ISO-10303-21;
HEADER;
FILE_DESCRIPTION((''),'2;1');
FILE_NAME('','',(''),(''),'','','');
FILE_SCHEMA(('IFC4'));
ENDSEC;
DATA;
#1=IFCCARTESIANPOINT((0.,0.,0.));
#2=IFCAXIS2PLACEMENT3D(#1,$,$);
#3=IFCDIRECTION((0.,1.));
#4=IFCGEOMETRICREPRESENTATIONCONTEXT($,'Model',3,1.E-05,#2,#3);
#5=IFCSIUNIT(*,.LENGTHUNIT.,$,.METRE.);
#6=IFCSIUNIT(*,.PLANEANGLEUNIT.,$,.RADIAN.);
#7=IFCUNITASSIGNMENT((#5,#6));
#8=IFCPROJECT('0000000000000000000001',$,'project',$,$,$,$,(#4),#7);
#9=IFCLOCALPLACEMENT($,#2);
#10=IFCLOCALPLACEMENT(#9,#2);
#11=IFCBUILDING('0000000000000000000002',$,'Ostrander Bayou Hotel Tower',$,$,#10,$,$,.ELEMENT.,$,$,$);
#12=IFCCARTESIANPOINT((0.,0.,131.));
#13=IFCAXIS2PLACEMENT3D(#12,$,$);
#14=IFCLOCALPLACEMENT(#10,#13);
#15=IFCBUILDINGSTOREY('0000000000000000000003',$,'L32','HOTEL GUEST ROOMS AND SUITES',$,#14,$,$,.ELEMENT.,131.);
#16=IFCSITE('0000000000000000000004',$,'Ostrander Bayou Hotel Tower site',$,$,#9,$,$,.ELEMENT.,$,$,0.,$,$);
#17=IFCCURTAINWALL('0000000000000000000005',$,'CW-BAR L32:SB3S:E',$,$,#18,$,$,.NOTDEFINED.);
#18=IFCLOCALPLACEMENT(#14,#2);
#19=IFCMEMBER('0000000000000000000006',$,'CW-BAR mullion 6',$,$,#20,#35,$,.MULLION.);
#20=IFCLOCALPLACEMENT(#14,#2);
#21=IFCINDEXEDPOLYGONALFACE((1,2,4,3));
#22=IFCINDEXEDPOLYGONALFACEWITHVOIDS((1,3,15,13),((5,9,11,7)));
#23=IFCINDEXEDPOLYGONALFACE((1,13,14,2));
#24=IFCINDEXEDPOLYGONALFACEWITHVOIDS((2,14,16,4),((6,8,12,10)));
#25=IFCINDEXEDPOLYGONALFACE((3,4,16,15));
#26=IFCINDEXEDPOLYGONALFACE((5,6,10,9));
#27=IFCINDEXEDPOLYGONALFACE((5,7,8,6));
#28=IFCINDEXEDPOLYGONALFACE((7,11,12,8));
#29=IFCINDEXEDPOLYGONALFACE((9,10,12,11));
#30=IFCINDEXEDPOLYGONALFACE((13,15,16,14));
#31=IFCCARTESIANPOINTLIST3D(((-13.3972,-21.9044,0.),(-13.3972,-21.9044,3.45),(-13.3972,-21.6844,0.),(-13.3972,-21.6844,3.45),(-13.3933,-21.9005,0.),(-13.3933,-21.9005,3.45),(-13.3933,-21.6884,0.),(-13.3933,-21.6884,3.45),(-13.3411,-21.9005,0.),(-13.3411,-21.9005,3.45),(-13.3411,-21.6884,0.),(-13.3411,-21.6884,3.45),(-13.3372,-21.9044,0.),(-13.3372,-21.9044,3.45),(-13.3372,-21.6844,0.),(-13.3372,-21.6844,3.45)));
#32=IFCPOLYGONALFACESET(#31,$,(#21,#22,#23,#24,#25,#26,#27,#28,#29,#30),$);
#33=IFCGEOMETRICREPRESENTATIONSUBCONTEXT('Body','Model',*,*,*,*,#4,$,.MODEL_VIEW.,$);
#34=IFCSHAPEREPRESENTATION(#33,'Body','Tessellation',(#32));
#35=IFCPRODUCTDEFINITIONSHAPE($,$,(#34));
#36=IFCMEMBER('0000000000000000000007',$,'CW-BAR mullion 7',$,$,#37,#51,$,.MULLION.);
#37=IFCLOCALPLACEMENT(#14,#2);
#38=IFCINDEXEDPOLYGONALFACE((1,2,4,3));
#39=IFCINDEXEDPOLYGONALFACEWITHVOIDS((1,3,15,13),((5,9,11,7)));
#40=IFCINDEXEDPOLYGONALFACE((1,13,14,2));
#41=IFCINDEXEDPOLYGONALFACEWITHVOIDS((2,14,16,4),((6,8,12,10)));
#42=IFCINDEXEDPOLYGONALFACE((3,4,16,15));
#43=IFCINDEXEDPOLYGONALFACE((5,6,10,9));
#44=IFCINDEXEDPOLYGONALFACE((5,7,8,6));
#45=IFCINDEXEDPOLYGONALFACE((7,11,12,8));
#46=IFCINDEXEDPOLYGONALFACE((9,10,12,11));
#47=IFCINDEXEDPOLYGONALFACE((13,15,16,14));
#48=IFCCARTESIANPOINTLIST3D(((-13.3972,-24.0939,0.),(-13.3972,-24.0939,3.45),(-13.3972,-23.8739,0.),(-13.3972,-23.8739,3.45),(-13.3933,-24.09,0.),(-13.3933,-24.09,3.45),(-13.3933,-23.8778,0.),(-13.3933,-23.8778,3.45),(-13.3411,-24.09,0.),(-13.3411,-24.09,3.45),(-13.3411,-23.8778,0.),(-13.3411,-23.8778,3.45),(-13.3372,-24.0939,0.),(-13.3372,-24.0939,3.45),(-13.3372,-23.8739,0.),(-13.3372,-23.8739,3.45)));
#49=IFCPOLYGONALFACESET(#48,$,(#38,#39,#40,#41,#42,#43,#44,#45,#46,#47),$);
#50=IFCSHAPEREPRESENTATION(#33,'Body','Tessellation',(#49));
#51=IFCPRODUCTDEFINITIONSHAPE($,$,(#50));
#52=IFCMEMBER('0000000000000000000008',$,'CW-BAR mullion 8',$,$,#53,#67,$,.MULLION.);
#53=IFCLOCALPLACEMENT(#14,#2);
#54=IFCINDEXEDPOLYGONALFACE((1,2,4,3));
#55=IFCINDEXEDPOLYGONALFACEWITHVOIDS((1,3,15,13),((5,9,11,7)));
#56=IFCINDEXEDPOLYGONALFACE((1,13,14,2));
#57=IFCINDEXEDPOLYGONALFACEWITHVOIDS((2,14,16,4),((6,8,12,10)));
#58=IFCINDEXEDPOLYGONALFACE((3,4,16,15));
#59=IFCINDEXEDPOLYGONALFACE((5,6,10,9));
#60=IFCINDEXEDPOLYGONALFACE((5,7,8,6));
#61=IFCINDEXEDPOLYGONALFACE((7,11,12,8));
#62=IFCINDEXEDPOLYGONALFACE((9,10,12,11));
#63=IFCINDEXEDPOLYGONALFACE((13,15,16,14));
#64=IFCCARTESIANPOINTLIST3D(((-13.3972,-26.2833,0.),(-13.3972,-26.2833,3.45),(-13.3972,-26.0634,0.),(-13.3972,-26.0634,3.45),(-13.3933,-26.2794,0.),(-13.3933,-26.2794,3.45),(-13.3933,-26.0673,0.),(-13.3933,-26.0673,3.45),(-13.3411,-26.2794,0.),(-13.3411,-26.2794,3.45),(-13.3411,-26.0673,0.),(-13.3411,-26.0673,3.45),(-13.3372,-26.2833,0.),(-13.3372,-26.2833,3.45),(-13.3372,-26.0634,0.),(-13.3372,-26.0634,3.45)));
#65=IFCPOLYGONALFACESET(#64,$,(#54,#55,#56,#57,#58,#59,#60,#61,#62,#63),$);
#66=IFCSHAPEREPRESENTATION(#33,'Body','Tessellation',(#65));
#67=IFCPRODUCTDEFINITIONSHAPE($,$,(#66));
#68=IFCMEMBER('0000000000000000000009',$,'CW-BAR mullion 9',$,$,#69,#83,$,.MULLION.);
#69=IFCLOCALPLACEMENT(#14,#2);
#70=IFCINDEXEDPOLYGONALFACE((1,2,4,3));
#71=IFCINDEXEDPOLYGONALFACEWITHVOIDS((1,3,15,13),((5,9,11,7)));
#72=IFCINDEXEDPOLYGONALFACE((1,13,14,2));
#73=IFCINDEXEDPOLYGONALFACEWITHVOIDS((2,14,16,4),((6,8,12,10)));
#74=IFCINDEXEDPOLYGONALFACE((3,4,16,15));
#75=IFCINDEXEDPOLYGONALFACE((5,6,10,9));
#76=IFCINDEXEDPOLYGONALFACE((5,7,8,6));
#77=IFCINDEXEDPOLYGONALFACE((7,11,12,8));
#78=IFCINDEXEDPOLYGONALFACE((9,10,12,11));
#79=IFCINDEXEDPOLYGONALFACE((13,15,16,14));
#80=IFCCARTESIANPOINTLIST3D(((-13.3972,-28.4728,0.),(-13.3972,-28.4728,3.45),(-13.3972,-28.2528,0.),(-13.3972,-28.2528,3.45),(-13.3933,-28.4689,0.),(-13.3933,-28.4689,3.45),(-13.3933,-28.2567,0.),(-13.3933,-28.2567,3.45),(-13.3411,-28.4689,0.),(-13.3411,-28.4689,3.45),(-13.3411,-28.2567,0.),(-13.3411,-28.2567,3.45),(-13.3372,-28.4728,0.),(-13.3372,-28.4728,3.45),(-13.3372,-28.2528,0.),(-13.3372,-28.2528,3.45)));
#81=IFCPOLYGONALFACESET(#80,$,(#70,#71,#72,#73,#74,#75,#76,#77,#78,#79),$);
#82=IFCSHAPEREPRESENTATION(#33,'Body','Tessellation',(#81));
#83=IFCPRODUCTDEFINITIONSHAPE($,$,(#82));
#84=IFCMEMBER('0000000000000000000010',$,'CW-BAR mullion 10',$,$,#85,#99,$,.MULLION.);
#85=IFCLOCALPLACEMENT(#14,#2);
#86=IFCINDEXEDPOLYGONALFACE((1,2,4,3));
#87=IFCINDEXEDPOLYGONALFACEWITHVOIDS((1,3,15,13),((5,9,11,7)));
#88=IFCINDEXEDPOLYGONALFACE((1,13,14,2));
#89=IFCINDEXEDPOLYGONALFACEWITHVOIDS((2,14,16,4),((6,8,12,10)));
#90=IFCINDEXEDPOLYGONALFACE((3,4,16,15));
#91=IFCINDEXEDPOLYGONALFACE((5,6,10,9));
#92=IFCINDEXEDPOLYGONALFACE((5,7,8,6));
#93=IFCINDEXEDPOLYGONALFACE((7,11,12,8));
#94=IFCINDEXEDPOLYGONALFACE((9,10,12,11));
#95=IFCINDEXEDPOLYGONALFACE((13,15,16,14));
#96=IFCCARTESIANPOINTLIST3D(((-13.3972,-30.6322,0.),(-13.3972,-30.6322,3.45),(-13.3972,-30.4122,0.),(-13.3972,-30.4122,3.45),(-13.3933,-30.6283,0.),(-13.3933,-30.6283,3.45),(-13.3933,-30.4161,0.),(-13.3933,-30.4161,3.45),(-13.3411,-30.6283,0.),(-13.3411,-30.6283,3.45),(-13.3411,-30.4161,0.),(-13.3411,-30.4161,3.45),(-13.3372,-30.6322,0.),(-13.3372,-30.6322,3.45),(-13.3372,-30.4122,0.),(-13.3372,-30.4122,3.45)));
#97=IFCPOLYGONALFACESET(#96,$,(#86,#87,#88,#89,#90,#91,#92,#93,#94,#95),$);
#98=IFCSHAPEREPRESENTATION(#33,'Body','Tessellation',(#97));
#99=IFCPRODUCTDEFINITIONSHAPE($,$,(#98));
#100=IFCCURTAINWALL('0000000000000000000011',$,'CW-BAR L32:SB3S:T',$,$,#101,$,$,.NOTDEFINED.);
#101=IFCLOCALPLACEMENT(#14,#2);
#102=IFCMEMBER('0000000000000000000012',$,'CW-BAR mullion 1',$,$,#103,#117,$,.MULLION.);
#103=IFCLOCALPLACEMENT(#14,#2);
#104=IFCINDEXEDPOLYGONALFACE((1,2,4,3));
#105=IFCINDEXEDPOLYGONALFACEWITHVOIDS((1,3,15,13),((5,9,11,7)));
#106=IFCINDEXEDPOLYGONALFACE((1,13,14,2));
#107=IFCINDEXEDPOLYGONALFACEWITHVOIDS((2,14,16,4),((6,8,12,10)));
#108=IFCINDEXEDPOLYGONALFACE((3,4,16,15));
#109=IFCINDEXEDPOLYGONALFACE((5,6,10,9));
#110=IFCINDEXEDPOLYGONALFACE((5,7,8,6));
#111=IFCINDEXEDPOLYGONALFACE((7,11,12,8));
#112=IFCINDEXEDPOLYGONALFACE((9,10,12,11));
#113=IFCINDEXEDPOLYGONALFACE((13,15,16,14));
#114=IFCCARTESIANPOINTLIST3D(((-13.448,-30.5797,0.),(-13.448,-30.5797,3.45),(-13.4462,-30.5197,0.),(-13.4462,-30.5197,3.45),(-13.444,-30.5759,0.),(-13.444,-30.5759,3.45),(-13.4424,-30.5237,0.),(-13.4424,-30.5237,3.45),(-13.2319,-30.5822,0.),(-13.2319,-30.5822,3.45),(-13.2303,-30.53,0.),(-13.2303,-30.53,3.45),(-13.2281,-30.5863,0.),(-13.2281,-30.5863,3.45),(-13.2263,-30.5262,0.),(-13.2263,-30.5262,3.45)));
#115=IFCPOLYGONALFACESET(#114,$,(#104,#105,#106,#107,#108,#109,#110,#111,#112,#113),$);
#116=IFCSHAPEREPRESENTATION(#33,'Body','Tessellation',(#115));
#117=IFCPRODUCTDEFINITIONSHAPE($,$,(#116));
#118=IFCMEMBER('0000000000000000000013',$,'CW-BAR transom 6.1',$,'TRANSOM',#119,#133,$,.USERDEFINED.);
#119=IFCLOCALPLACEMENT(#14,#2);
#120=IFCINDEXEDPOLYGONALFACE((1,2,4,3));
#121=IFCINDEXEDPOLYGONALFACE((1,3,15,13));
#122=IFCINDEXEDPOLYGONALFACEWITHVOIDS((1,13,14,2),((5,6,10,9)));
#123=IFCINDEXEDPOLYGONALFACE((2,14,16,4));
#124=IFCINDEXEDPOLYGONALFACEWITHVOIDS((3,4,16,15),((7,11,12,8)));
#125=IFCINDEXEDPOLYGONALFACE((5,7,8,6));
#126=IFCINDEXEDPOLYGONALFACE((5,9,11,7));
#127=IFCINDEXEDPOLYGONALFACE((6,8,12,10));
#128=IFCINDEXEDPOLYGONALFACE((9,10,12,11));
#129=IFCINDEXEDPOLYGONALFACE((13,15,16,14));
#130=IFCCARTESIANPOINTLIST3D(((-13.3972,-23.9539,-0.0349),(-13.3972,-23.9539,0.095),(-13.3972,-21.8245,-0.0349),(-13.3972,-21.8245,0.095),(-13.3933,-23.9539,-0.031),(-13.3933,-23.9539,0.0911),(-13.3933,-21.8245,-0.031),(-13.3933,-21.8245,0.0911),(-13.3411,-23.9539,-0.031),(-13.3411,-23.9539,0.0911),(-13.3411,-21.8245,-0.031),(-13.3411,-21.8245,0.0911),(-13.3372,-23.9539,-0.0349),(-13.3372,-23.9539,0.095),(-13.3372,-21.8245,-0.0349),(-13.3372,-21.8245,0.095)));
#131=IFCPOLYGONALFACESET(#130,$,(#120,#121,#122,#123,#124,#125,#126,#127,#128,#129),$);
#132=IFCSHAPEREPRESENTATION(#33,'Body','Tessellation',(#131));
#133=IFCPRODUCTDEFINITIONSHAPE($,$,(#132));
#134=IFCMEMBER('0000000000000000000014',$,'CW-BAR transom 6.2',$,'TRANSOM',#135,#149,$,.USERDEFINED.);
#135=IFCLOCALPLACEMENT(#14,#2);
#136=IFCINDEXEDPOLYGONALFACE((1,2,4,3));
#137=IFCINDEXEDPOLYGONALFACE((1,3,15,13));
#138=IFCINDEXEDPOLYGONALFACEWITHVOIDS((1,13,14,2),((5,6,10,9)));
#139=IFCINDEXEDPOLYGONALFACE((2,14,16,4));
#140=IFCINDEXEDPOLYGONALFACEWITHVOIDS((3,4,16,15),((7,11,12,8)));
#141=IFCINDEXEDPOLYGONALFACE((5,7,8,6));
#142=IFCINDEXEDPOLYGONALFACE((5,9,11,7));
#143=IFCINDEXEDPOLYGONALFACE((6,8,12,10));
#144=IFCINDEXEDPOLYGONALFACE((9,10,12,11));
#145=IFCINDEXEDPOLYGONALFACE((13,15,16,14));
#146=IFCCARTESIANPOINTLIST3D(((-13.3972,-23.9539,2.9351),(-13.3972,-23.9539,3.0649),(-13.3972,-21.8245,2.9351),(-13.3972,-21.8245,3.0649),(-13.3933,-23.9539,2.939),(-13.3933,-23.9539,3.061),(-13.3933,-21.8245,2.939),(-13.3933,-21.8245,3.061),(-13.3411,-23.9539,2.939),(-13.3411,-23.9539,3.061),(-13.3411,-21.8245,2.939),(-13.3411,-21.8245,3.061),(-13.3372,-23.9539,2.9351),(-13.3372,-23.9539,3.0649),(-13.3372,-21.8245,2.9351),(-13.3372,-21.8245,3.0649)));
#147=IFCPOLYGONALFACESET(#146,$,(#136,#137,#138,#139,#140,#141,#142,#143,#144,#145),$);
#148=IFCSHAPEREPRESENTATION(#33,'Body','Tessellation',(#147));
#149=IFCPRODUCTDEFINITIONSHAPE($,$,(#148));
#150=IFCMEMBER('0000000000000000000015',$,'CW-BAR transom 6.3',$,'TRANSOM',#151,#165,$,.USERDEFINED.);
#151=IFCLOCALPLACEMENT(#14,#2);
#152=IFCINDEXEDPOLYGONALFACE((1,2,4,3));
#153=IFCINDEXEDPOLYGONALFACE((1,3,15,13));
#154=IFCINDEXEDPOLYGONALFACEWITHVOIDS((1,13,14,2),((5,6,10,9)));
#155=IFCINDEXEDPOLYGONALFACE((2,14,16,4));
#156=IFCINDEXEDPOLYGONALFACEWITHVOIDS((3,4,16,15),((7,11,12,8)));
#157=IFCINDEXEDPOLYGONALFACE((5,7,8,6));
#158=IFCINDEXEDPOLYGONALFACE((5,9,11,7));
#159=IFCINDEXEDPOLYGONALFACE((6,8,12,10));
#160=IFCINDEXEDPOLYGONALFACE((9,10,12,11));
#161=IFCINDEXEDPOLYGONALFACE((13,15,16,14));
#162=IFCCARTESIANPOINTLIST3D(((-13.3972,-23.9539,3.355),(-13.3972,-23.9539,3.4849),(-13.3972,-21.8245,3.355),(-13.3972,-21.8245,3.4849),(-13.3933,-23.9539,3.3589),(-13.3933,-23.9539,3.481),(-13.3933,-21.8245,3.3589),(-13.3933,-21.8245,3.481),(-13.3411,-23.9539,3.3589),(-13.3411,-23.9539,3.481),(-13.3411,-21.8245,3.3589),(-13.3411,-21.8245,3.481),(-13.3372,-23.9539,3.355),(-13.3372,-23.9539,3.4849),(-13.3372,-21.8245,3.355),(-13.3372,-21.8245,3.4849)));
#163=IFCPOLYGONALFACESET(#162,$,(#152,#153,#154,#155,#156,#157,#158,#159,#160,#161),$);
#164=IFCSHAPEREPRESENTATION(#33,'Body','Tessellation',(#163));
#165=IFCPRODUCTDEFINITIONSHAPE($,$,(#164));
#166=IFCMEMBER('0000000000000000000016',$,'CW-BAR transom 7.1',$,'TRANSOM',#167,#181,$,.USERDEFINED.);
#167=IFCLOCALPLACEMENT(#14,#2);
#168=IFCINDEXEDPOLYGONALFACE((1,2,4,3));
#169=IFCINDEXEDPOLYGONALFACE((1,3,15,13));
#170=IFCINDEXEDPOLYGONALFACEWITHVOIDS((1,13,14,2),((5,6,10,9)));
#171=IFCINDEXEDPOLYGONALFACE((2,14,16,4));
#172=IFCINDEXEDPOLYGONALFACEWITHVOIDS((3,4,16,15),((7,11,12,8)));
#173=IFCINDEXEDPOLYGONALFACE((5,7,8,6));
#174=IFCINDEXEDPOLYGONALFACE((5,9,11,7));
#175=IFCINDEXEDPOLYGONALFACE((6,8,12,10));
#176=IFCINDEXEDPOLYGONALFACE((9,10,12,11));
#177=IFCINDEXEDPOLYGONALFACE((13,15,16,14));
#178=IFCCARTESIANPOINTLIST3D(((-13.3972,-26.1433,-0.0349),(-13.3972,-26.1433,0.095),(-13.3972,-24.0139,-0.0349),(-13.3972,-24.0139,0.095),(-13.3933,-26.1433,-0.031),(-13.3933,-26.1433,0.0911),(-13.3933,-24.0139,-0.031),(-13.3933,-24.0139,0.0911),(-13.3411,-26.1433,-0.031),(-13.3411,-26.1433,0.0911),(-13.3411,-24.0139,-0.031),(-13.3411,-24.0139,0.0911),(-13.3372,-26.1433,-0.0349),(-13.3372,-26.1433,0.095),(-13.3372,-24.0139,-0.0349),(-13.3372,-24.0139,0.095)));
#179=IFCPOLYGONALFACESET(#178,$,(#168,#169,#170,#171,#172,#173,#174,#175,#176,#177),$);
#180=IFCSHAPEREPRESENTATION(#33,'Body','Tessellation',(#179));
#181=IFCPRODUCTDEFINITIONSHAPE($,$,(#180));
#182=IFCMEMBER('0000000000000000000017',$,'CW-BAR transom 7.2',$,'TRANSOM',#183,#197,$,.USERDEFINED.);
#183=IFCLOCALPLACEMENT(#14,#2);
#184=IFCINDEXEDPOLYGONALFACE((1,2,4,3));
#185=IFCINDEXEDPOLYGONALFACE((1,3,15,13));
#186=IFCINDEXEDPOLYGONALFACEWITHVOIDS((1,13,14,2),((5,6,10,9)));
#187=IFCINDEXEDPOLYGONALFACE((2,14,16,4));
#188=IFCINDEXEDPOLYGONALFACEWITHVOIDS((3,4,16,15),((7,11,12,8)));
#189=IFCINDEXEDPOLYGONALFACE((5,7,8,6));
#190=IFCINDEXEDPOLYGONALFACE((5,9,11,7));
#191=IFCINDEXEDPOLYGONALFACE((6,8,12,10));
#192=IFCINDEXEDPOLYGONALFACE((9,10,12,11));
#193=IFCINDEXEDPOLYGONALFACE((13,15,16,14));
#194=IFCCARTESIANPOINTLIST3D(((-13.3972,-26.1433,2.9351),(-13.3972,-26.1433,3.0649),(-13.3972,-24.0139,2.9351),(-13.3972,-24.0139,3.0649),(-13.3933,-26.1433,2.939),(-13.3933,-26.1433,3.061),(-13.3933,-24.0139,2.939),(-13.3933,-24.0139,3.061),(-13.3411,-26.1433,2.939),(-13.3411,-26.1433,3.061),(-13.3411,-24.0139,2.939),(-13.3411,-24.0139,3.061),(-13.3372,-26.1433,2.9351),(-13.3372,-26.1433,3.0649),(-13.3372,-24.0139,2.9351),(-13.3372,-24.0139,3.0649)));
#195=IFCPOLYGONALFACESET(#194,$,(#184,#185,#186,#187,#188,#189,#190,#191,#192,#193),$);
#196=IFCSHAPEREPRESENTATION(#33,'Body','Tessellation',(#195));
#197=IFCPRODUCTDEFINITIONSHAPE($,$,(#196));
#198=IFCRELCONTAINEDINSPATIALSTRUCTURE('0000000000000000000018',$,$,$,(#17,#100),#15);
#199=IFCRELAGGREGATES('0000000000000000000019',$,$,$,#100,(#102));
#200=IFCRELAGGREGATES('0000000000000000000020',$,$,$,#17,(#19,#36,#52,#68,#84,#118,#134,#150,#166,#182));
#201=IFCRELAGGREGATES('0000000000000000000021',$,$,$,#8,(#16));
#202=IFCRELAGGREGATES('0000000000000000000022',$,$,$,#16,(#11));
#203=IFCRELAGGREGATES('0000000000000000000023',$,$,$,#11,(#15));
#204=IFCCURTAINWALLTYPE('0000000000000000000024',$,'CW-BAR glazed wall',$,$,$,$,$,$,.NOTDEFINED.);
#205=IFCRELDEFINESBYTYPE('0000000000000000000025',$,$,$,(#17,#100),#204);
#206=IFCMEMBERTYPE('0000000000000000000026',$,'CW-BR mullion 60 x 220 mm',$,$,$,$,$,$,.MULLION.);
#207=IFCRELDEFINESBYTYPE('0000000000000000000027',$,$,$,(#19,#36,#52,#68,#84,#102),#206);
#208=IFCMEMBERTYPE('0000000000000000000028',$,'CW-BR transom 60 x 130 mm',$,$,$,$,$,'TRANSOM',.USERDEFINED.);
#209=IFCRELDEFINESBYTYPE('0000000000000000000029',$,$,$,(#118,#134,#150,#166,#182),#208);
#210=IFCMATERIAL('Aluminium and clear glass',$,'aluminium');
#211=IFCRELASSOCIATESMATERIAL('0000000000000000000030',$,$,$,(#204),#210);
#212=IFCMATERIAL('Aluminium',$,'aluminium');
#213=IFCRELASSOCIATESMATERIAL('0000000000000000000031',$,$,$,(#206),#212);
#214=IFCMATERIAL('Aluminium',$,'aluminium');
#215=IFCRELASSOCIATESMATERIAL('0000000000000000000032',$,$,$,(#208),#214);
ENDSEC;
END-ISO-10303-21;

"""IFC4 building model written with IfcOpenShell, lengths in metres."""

from ifc_helpers import new_model, si_unit, direction, frame, origin, origin_2d, place, context, subcontext, project, spatial, hollow_rectangle, extrude, material, material_profile, profile_set, type_object, element, aggregate, save


model = new_model("IFC4")

# Units and contexts
model_context = context("Model", 3, precision=1e-05, world=origin(), true_north=direction((0.0, 1.0)))
body_context = subcontext(model_context, "Body", "Model", "MODEL_VIEW")
ifc_project = project(units=[si_unit("LENGTHUNIT", "METRE"), si_unit("PLANEANGLEUNIT", "RADIAN")], contexts=[model_context])

# Site, building, storey
site_placement = place(None, origin())
site = spatial("IfcSite", under=ifc_project, at=site_placement, Name="Ostrander Bayou Hotel Tower site", CompositionType="ELEMENT", RefElevation=0.0)
building_placement = place(site_placement, origin())
building = spatial("IfcBuilding", under=site, at=building_placement, Name="Ostrander Bayou Hotel Tower", CompositionType="ELEMENT")
storey_placement = place(building_placement, frame((0.0, 0.0, 131.0)))
storey = spatial("IfcBuildingStorey", under=building, at=storey_placement, Name="L32", Description="HOTEL GUEST ROOMS AND SUITES", CompositionType="ELEMENT", Elevation=131.0)

# Curtain wall, members
ifc_material_1 = material(Name="Aluminium and clear glass", Category="aluminium")
curtain_wall_type = type_object("IfcCurtainWallType", Name="CW-BAR glazed wall", PredefinedType="NOTDEFINED", material=ifc_material_1)
curtain_wall_1_placement = place(storey_placement, origin())
curtain_wall_1 = element("IfcCurtainWall", 1, at=curtain_wall_1_placement, inside=storey, type_object=curtain_wall_type, Name="CW-BAR L32:SB3S:E", PredefinedType="NOTDEFINED")
ifc_material_2 = material(Name="Aluminium", Category="aluminium")
ifc_material_profile_1 = material_profile(ifc_material_2, hollow_rectangle(XDim=0.0601, YDim=0.22, WallThickness=0.0039, at=origin_2d()))
ifc_profile_set_1 = profile_set([ifc_material_profile_1], Name="Aluminium")
member_type_1 = type_object("IfcMemberType", Name="CW-BR mullion 60 x 220 mm", PredefinedType="MULLION", material=ifc_profile_set_1)
member_1_placement = place(storey_placement, frame((-13.3672, -21.7944, 0.0), z_axis=(0.0, 0.0, 1.0), x_axis=(1.0, 0.0, 0.0)))
member_1 = element("IfcMember", 2, at=member_1_placement, type_object=member_type_1, Name="CW-BAR mullion 6", PredefinedType="MULLION", context=body_context, shape_type="SweptSolid", body=[
    extrude(hollow_rectangle(XDim=0.0601, YDim=0.22, WallThickness=0.0039, at=origin_2d()), origin(), (0.0, 0.0, 1.0), 3.45),
])
member_2_placement = place(storey_placement, frame((-13.3672, -23.9839, 0.0), z_axis=(0.0, 0.0, 1.0), x_axis=(1.0, 0.0, 0.0)))
member_2 = element("IfcMember", 3, at=member_2_placement, type_object=member_type_1, Name="CW-BAR mullion 7", PredefinedType="MULLION", context=body_context, shape_type="SweptSolid", body=[
    extrude(hollow_rectangle(XDim=0.0601, YDim=0.22, WallThickness=0.0039, at=origin_2d()), origin(), (0.0, 0.0, 1.0), 3.45),
])
member_3_placement = place(storey_placement, frame((-13.3672, -26.1733, 0.0), z_axis=(0.0, 0.0, 1.0), x_axis=(1.0, 0.0, 0.0)))
member_3 = element("IfcMember", 4, at=member_3_placement, type_object=member_type_1, Name="CW-BAR mullion 8", PredefinedType="MULLION", context=body_context, shape_type="SweptSolid", body=[
    extrude(hollow_rectangle(XDim=0.0601, YDim=0.22, WallThickness=0.0039, at=origin_2d()), origin(), (0.0, 0.0, 1.0), 3.45),
])
member_4_placement = place(storey_placement, frame((-13.3672, -28.3628, 0.0), z_axis=(0.0, 0.0, 1.0), x_axis=(1.0, 0.0, 0.0)))
member_4 = element("IfcMember", 5, at=member_4_placement, type_object=member_type_1, Name="CW-BAR mullion 9", PredefinedType="MULLION", context=body_context, shape_type="SweptSolid", body=[
    extrude(hollow_rectangle(XDim=0.0601, YDim=0.22, WallThickness=0.0039, at=origin_2d()), origin(), (0.0, 0.0, 1.0), 3.45),
])
member_5_placement = place(storey_placement, frame((-13.3672, -30.5222, 0.0), z_axis=(0.0, 0.0, 1.0), x_axis=(1.0, 0.0, 0.0)))
member_5 = element("IfcMember", 6, at=member_5_placement, type_object=member_type_1, Name="CW-BAR mullion 10", PredefinedType="MULLION", context=body_context, shape_type="SweptSolid", body=[
    extrude(hollow_rectangle(XDim=0.0601, YDim=0.22, WallThickness=0.0039, at=origin_2d()), origin(), (0.0, 0.0, 1.0), 3.45),
])

# Curtain wall, member
curtain_wall_2_placement = place(storey_placement, origin())
curtain_wall_2 = element("IfcCurtainWall", 7, at=curtain_wall_2_placement, inside=storey, type_object=curtain_wall_type, Name="CW-BAR L32:SB3S:T", PredefinedType="NOTDEFINED")
member_6_placement = place(storey_placement, frame((-13.3372, -30.553, 0.0), z_axis=(0.0, 0.0, 1.0), x_axis=(0.029746, 0.999557, 0.0)))
member_6 = element("IfcMember", 8, at=member_6_placement, type_object=member_type_1, Name="CW-BAR mullion 1", PredefinedType="MULLION", context=body_context, shape_type="SweptSolid", body=[
    extrude(hollow_rectangle(XDim=0.0601, YDim=0.22, WallThickness=0.0039, at=origin_2d()), origin(), (0.0, 0.0, 1.0), 3.45),
])

# Members
ifc_material_3 = material(Name="Aluminium", Category="aluminium")
ifc_material_profile_2 = material_profile(ifc_material_3, hollow_rectangle(XDim=0.0601, YDim=0.1299, WallThickness=0.0039, at=origin_2d()))
ifc_profile_set_2 = profile_set([ifc_material_profile_2], Name="Aluminium")
member_type_2 = type_object("IfcMemberType", Name="CW-BR transom 60 x 130 mm", ElementType="TRANSOM", PredefinedType="USERDEFINED", material=ifc_profile_set_2)
member_7_placement = place(storey_placement, frame((-13.3672, -21.8245, 0.03), z_axis=(0.0, -1.0, 0.0), x_axis=(1.0, 0.0, 0.0)))
member_7 = element("IfcMember", 9, at=member_7_placement, type_object=member_type_2, Name="CW-BAR transom 6.1", ObjectType="TRANSOM", PredefinedType="USERDEFINED", context=body_context, shape_type="SweptSolid", body=[
    extrude(hollow_rectangle(XDim=0.0601, YDim=0.1299, WallThickness=0.0039, at=origin_2d()), origin(), (0.0, 0.0, 1.0), 2.1294),
])
member_8_placement = place(storey_placement, frame((-13.3672, -21.8245, 3.0), z_axis=(0.0, -1.0, 0.0), x_axis=(1.0, 0.0, 0.0)))
member_8 = element("IfcMember", 10, at=member_8_placement, type_object=member_type_2, Name="CW-BAR transom 6.2", ObjectType="TRANSOM", PredefinedType="USERDEFINED", context=body_context, shape_type="SweptSolid", body=[
    extrude(hollow_rectangle(XDim=0.0601, YDim=0.1299, WallThickness=0.0039, at=origin_2d()), origin(), (0.0, 0.0, 1.0), 2.1294),
])
member_9_placement = place(storey_placement, frame((-13.3672, -21.8245, 3.4199), z_axis=(0.0, -1.0, 0.0), x_axis=(1.0, 0.0, 0.0)))
member_9 = element("IfcMember", 11, at=member_9_placement, type_object=member_type_2, Name="CW-BAR transom 6.3", ObjectType="TRANSOM", PredefinedType="USERDEFINED", context=body_context, shape_type="SweptSolid", body=[
    extrude(hollow_rectangle(XDim=0.0601, YDim=0.1299, WallThickness=0.0039, at=origin_2d()), origin(), (0.0, 0.0, 1.0), 2.1294),
])
member_10_placement = place(storey_placement, frame((-13.3672, -24.0139, 0.03), z_axis=(0.0, -1.0, 0.0), x_axis=(1.0, 0.0, 0.0)))
member_10 = element("IfcMember", 12, at=member_10_placement, type_object=member_type_2, Name="CW-BAR transom 7.1", ObjectType="TRANSOM", PredefinedType="USERDEFINED", context=body_context, shape_type="SweptSolid", body=[
    extrude(hollow_rectangle(XDim=0.0601, YDim=0.1299, WallThickness=0.0039, at=origin_2d()), origin(), (0.0, 0.0, 1.0), 2.1294),
])
member_11_placement = place(storey_placement, frame((-13.3672, -24.0139, 3.0), z_axis=(0.0, -1.0, 0.0), x_axis=(1.0, 0.0, 0.0)))
member_11 = element("IfcMember", 13, at=member_11_placement, type_object=member_type_2, Name="CW-BAR transom 7.2", ObjectType="TRANSOM", PredefinedType="USERDEFINED", context=body_context, shape_type="SweptSolid", body=[
    extrude(hollow_rectangle(XDim=0.0601, YDim=0.1299, WallThickness=0.0039, at=origin_2d()), origin(), (0.0, 0.0, 1.0), 2.1294),
])
aggregate(curtain_wall_2, [member_6])

aggregate(curtain_wall_1, [member_1, member_2, member_3, member_4, member_5, member_7, member_8, member_9, member_10, member_11])

save(model, "model.ifc")
